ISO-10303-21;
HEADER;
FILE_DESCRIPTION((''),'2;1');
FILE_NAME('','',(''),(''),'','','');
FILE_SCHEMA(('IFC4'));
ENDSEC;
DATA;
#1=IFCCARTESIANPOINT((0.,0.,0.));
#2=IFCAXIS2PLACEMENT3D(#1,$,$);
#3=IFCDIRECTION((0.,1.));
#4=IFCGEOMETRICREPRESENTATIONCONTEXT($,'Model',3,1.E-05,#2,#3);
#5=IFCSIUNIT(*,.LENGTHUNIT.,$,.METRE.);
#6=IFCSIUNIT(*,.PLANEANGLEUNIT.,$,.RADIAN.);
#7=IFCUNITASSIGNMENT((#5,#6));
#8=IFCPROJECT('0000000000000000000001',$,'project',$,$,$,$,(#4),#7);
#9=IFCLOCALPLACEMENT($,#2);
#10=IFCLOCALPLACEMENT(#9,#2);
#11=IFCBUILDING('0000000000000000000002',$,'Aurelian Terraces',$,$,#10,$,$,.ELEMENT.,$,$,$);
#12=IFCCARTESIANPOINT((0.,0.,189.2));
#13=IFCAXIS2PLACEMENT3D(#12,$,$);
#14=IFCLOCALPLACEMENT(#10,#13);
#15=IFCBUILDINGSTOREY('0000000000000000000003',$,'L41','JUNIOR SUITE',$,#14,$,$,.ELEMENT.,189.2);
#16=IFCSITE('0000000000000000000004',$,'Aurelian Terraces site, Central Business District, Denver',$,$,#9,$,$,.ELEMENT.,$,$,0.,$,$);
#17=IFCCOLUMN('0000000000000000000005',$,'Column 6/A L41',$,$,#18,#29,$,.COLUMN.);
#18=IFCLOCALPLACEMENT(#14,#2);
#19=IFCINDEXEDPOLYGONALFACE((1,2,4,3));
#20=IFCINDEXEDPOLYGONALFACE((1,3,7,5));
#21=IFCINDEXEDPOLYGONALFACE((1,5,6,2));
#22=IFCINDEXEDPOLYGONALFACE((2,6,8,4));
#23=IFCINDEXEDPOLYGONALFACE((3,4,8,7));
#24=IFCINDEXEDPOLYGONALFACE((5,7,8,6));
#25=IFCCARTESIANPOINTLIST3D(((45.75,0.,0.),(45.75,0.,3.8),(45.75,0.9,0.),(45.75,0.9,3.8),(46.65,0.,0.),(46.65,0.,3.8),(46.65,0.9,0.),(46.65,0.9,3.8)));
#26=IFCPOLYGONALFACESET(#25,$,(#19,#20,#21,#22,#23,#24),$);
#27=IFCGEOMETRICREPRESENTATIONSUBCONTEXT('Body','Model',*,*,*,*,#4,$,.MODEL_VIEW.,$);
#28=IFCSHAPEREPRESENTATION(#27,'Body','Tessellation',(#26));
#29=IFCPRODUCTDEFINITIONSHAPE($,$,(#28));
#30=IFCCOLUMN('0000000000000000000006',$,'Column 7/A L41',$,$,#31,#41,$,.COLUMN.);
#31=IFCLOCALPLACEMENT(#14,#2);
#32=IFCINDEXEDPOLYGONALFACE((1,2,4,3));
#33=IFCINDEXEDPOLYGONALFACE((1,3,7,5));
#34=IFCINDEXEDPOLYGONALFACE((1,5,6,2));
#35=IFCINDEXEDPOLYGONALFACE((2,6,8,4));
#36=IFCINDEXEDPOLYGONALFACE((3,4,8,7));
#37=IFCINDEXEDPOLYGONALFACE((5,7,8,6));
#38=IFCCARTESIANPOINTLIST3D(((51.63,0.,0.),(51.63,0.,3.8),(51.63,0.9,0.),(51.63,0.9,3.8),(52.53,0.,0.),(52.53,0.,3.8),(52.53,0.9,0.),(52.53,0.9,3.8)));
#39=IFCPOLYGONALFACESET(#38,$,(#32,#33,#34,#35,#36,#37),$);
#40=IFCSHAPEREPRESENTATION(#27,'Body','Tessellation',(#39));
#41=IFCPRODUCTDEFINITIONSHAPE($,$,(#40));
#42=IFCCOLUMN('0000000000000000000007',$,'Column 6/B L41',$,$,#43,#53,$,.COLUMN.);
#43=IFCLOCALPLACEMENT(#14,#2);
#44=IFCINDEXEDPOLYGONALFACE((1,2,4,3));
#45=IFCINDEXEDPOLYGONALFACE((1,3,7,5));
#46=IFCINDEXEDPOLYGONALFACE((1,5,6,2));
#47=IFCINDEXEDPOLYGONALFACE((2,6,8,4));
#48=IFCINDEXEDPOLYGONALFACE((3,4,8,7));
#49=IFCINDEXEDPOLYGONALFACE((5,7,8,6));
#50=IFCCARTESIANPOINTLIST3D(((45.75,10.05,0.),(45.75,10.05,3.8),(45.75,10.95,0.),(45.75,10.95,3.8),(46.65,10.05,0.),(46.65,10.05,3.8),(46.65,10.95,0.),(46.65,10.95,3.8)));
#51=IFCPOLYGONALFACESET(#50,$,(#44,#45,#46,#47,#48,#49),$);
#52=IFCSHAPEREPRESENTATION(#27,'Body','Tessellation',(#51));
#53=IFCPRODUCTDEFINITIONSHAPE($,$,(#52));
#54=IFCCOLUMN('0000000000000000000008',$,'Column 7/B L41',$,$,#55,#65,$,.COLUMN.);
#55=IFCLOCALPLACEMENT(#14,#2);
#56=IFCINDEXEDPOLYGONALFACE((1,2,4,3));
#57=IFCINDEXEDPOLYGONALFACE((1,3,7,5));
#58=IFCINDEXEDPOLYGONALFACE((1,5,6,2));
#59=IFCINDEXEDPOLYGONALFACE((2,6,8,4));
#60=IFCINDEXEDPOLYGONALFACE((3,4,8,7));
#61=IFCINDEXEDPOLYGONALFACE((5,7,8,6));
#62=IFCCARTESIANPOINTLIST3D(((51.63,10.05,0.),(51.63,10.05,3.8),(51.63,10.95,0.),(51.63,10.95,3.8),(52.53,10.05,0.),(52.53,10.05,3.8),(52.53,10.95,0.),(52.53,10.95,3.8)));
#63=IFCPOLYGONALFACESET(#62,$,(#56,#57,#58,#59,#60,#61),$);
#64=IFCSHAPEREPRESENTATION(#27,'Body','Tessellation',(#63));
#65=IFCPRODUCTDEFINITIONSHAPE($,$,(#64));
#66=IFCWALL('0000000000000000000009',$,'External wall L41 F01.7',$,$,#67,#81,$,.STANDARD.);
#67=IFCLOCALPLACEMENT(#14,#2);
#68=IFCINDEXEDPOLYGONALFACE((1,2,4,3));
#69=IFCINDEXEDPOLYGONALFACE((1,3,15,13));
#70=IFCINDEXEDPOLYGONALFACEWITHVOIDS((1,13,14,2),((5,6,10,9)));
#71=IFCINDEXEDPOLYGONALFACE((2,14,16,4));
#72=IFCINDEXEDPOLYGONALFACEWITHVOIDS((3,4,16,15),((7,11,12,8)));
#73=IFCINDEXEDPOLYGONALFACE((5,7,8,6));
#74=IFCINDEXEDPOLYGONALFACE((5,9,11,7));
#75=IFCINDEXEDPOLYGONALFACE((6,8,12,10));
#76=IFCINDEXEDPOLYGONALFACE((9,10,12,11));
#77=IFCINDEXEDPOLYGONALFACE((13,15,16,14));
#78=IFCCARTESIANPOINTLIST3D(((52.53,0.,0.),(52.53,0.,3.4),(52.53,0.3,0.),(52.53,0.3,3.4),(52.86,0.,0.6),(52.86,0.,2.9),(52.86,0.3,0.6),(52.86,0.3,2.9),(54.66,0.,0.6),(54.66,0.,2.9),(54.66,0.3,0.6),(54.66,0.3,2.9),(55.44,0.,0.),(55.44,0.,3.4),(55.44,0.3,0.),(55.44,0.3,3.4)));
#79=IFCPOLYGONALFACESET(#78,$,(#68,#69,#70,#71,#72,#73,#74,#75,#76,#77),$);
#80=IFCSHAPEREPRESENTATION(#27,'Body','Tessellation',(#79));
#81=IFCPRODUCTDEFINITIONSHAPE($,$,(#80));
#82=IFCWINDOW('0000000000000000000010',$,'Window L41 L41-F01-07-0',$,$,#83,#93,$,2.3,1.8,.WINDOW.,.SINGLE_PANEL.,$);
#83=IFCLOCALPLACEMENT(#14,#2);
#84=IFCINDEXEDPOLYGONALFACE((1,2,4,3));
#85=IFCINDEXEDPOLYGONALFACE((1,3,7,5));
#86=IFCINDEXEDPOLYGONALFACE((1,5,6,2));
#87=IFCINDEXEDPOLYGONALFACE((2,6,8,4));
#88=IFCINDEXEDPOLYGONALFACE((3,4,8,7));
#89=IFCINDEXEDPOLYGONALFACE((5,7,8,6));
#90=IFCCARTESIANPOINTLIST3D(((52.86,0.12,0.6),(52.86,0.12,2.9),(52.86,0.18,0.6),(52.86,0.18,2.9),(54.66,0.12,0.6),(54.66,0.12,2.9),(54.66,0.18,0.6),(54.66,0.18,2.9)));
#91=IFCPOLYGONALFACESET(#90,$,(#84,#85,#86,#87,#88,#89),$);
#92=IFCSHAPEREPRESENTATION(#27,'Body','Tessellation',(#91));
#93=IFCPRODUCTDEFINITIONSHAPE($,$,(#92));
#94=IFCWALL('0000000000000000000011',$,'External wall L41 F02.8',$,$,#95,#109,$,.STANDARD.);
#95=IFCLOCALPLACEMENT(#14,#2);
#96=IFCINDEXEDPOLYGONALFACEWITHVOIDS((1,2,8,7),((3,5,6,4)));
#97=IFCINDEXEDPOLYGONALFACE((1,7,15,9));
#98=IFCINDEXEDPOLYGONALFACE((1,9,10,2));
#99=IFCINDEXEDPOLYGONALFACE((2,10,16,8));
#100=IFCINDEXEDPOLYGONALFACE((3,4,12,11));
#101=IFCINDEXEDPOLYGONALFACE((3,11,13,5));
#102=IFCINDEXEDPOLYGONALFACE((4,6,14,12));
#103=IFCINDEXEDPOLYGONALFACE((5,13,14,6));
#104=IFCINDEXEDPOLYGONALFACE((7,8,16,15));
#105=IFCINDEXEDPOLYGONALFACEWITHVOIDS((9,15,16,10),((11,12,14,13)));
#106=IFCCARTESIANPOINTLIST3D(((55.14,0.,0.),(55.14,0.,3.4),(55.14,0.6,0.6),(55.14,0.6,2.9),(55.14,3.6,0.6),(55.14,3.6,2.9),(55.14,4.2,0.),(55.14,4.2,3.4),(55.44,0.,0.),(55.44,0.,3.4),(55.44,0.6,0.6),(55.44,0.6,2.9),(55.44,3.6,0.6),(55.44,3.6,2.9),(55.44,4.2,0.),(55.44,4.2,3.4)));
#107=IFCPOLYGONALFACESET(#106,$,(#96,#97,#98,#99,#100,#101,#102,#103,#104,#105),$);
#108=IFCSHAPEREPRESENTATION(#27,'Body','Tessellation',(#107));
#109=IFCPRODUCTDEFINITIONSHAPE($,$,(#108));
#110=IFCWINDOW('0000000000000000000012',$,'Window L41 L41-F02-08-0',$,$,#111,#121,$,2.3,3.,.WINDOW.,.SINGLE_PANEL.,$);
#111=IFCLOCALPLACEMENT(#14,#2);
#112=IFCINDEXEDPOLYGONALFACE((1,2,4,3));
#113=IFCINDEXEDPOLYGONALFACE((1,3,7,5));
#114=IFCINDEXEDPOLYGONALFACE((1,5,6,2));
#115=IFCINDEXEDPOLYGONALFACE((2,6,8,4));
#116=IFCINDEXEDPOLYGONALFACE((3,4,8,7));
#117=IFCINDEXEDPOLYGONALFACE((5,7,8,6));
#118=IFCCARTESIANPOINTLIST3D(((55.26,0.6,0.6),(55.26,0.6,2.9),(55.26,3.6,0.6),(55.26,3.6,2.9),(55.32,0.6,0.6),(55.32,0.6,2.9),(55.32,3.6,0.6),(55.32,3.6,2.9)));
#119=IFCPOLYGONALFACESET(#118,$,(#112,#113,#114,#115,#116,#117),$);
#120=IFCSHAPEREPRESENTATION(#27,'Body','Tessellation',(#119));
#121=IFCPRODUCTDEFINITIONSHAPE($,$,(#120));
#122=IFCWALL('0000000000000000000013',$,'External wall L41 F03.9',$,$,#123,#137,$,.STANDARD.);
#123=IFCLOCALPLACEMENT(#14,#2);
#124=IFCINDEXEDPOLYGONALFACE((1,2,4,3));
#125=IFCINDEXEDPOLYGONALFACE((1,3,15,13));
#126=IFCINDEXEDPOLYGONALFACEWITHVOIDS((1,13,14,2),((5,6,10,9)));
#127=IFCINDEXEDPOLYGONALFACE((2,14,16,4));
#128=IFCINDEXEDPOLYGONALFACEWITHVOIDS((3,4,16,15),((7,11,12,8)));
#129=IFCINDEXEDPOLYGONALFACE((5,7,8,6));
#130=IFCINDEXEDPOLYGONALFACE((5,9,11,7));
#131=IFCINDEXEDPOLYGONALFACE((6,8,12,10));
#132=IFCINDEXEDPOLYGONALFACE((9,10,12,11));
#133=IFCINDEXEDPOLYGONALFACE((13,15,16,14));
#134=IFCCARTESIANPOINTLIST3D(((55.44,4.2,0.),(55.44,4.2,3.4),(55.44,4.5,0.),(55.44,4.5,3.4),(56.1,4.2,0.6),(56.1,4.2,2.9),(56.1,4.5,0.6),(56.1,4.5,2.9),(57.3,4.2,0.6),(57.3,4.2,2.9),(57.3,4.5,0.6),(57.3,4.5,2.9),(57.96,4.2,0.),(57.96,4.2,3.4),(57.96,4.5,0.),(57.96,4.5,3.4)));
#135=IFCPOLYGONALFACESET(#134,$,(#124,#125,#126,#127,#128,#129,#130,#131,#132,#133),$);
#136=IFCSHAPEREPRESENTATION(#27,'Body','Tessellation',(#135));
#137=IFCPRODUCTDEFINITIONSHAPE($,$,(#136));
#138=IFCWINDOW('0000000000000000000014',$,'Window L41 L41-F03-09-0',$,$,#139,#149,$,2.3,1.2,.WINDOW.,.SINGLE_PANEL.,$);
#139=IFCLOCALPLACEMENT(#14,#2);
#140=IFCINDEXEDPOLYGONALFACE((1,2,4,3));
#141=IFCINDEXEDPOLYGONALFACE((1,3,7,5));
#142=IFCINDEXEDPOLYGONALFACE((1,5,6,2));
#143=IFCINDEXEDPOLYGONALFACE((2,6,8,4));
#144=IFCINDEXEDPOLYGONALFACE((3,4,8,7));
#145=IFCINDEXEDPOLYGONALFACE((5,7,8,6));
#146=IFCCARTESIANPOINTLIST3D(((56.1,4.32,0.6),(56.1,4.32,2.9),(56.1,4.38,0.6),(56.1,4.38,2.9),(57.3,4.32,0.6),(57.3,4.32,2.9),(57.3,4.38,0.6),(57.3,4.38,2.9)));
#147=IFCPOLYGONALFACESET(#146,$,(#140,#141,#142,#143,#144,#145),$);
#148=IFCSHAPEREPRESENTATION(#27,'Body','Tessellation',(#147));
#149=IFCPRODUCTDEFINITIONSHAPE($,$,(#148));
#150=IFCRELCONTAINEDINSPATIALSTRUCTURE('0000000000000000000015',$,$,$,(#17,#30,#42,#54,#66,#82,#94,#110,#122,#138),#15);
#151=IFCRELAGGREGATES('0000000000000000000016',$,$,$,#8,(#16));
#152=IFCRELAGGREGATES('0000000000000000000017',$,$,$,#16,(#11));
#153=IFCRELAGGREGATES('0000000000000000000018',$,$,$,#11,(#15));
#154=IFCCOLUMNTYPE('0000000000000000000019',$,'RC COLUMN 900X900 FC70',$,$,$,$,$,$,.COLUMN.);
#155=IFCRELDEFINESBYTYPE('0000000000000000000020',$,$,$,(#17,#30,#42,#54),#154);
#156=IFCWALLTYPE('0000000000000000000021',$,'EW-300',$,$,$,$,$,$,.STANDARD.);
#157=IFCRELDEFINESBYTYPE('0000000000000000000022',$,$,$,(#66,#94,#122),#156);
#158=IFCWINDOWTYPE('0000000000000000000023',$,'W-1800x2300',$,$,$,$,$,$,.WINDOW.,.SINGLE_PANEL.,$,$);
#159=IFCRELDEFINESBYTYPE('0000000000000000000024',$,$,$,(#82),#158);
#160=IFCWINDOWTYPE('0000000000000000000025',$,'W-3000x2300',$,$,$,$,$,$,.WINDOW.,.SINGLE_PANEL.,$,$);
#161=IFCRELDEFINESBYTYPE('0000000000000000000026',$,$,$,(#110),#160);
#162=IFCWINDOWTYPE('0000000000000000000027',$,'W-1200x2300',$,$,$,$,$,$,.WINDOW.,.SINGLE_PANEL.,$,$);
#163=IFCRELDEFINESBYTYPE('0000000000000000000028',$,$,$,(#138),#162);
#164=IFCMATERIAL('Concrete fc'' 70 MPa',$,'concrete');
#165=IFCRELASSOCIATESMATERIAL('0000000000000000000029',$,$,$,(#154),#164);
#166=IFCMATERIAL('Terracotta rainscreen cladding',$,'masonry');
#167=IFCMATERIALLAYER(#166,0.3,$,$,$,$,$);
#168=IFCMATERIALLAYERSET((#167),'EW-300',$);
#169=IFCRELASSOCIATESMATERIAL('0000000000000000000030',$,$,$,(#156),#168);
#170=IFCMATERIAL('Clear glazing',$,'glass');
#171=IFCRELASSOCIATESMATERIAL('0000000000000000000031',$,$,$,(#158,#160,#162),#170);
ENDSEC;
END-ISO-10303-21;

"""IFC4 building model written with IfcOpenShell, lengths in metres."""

from ifc_helpers import new_model, si_unit, direction, frame, frame_2d, origin, origin_2d, place, context, subcontext, project, spatial, rectangle, extrude, source, transform, mapped, material, layer, layer_set, material_profile, profile_set, type_object, element, fill, save


model = new_model("IFC4")

# Units and contexts
model_context = context("Model", 3, precision=1e-05, world=origin(), true_north=direction((0.0, 1.0)))
body_context = subcontext(model_context, "Body", "Model", "MODEL_VIEW")
ifc_project = project(units=[si_unit("LENGTHUNIT", "METRE"), si_unit("PLANEANGLEUNIT", "RADIAN")], contexts=[model_context])

# Site, building, storey
site_placement = place(None, origin())
site = spatial("IfcSite", under=ifc_project, at=site_placement, Name="Aurelian Terraces site, Central Business District, Denver", CompositionType="ELEMENT", RefElevation=0.0)
building_placement = place(site_placement, origin())
building = spatial("IfcBuilding", under=site, at=building_placement, Name="Aurelian Terraces", CompositionType="ELEMENT")
storey_placement = place(building_placement, frame((0.0, 0.0, 189.2)))
storey = spatial("IfcBuildingStorey", under=building, at=storey_placement, Name="L41", Description="JUNIOR SUITE", CompositionType="ELEMENT", Elevation=189.2)

# Columns
ifc_material_1 = material(Name="Concrete fc' 70 MPa", Category="concrete")
ifc_material_profile = material_profile(ifc_material_1, rectangle(XDim=0.9, YDim=0.9, at=origin_2d()))
ifc_profile_set = profile_set([ifc_material_profile], Name="Concrete fc' 70 MPa")
column_type = type_object("IfcColumnType", Name="RC COLUMN 900X900 FC70", PredefinedType="COLUMN", material=ifc_profile_set)
shared_shape_1 = source(origin(), body_context, "Body", "SweptSolid", [
    extrude(rectangle(XDim=0.9, YDim=0.9, at=origin_2d()), origin(), (0.0, 0.0, 1.0), 3.8),
])
for number, where, z_axis, x_axis, name in (
    (1, (46.2, 0.45, 0.0), (0.0, 0.0, 1.0), (1.0, 0.0, 0.0), "Column 6/A L41"),
    (2, (52.08, 0.45, 0.0), (0.0, 0.0, 1.0), (1.0, 0.0, 0.0), "Column 7/A L41"),
    (3, (46.2, 10.5, 0.0), (0.0, 0.0, 1.0), (1.0, 0.0, 0.0), "Column 6/B L41"),
    (4, (52.08, 10.5, 0.0), (0.0, 0.0, 1.0), (1.0, 0.0, 0.0), "Column 7/B L41"),
):
    element("IfcColumn", number, at=place(storey_placement, frame(where, z_axis=z_axis, x_axis=x_axis)), inside=storey, type_object=column_type, Name=name, PredefinedType="COLUMN", context=body_context, shape_type="MappedRepresentation", body=[
        mapped(shared_shape_1, transform((0.0, 0.0, 0.0), scale=1.0)),
    ])

# Walls, openings, windows
ifc_material_2 = material(Name="Terracotta rainscreen cladding", Category="masonry")
ifc_layer_1 = layer(ifc_material_2, 0.3)
ifc_layer_set_1 = layer_set([ifc_layer_1], Name="EW-300")
wall_type_1 = type_object("IfcWallType", Name="EW-300", PredefinedType="STANDARD", material=ifc_layer_set_1)
shared_shape_2 = source(origin(), body_context, "Body", "SweptSolid", [
    extrude(rectangle(XDim=2.91, YDim=0.3, at=frame_2d((1.455, 0.0))), origin(), (0.0, 0.0, 1.0), 3.4),
])
wall_1_placement = place(storey_placement, frame((52.53, 0.15, 0.0), z_axis=(0.0, 0.0, 1.0), x_axis=(1.0, 0.0, 0.0)))
wall_1 = element("IfcWall", 5, at=wall_1_placement, inside=storey, type_object=wall_type_1, Name="External wall L41 F01.7", PredefinedType="STANDARD", context=body_context, shape_type="MappedRepresentation", body=[
    mapped(shared_shape_2, transform((0.0, 0.0, 0.0), scale=1.0)),
])
shared_shape_3 = source(origin(), body_context, "Body", "SweptSolid", [
    extrude(rectangle(XDim=1.8, YDim=2.3, at=frame_2d((0.9, 1.15))), frame((0.0, 0.16, 0.0), z_axis=(0.0, -1.0, 0.0), x_axis=(1.0, 0.0, 0.0)), (0.0, 0.0, 1.0), 0.32),
])
opening_1_placement = place(wall_1_placement, frame((0.33, 0.0, 0.6)))
opening_1 = element("IfcOpeningElement", 6, at=opening_1_placement, cuts=wall_1, PredefinedType="OPENING", context=body_context, shape_type="MappedRepresentation", body=[
    mapped(shared_shape_3, transform((0.0, 0.0, 0.0), scale=1.0)),
])
ifc_material_3 = material(Name="Clear glazing", Category="glass")
window_type_1 = type_object("IfcWindowType", Name="W-1800x2300", PartitioningType="SINGLE_PANEL", PredefinedType="WINDOW", material=ifc_material_3)
shared_shape_4 = source(origin(), body_context, "Body", "SweptSolid", [
    extrude(rectangle(XDim=1.8, YDim=2.3, at=frame_2d((0.9, 1.15))), frame((0.0, 0.03, 0.0), z_axis=(0.0, -1.0, 0.0), x_axis=(1.0, 0.0, 0.0)), (0.0, 0.0, 1.0), 0.06),
])
window_1_placement = place(opening_1_placement, origin())
window_1 = element("IfcWindow", 7, at=window_1_placement, inside=storey, type_object=window_type_1, Name="Window L41 L41-F01-07-0", OverallHeight=2.3, OverallWidth=1.8, PartitioningType="SINGLE_PANEL", PredefinedType="WINDOW", context=body_context, shape_type="MappedRepresentation", body=[
    mapped(shared_shape_4, transform((0.0, 0.0, 0.0), scale=1.0)),
])
fill(opening_1, window_1)
shared_shape_5 = source(origin(), body_context, "Body", "SweptSolid", [
    extrude(rectangle(XDim=4.2, YDim=0.3, at=frame_2d((2.1, 0.0))), origin(), (0.0, 0.0, 1.0), 3.4),
])
wall_2_placement = place(storey_placement, frame((55.29, 0.0, 0.0), z_axis=(0.0, 0.0, 1.0), x_axis=(0.0, 1.0, 0.0)))
wall_2 = element("IfcWall", 8, at=wall_2_placement, inside=storey, type_object=wall_type_1, Name="External wall L41 F02.8", PredefinedType="STANDARD", context=body_context, shape_type="MappedRepresentation", body=[
    mapped(shared_shape_5, transform((0.0, 0.0, 0.0), scale=1.0)),
])
shared_shape_6 = source(origin(), body_context, "Body", "SweptSolid", [
    extrude(rectangle(XDim=3.0, YDim=2.3, at=frame_2d((1.5, 1.15))), frame((0.0, 0.16, 0.0), z_axis=(0.0, -1.0, 0.0), x_axis=(1.0, 0.0, 0.0)), (0.0, 0.0, 1.0), 0.32),
])
opening_2_placement = place(wall_2_placement, frame((0.6, 0.0, 0.6)))
opening_2 = element("IfcOpeningElement", 9, at=opening_2_placement, cuts=wall_2, PredefinedType="OPENING", context=body_context, shape_type="MappedRepresentation", body=[
    mapped(shared_shape_6, transform((0.0, 0.0, 0.0), scale=1.0)),
])
window_type_2 = type_object("IfcWindowType", Name="W-3000x2300", PartitioningType="SINGLE_PANEL", PredefinedType="WINDOW", material=ifc_material_3)
shared_shape_7 = source(origin(), body_context, "Body", "SweptSolid", [
    extrude(rectangle(XDim=3.0, YDim=2.3, at=frame_2d((1.5, 1.15))), frame((0.0, 0.03, 0.0), z_axis=(0.0, -1.0, 0.0), x_axis=(1.0, 0.0, 0.0)), (0.0, 0.0, 1.0), 0.06),
])
window_2_placement = place(opening_2_placement, origin())
window_2 = element("IfcWindow", 10, at=window_2_placement, inside=storey, type_object=window_type_2, Name="Window L41 L41-F02-08-0", OverallHeight=2.3, OverallWidth=3.0, PartitioningType="SINGLE_PANEL", PredefinedType="WINDOW", context=body_context, shape_type="MappedRepresentation", body=[
    mapped(shared_shape_7, transform((0.0, 0.0, 0.0), scale=1.0)),
])
fill(opening_2, window_2)
shared_shape_8 = source(origin(), body_context, "Body", "SweptSolid", [
    extrude(rectangle(XDim=2.52, YDim=0.3, at=frame_2d((1.26, 0.0))), origin(), (0.0, 0.0, 1.0), 3.4),
])
wall_3_placement = place(storey_placement, frame((55.44, 4.35, 0.0), z_axis=(0.0, 0.0, 1.0), x_axis=(1.0, 0.0, 0.0)))
wall_3 = element("IfcWall", 11, at=wall_3_placement, inside=storey, type_object=wall_type_1, Name="External wall L41 F03.9", PredefinedType="STANDARD", context=body_context, shape_type="MappedRepresentation", body=[
    mapped(shared_shape_8, transform((0.0, 0.0, 0.0), scale=1.0)),
])
shared_shape_9 = source(origin(), body_context, "Body", "SweptSolid", [
    extrude(rectangle(XDim=1.2, YDim=2.3, at=frame_2d((0.6, 1.15))), frame((0.0, 0.16, 0.0), z_axis=(0.0, -1.0, 0.0), x_axis=(1.0, 0.0, 0.0)), (0.0, 0.0, 1.0), 0.32),
])
opening_3_placement = place(wall_3_placement, frame((0.66, 0.0, 0.6)))
opening_3 = element("IfcOpeningElement", 12, at=opening_3_placement, cuts=wall_3, PredefinedType="OPENING", context=body_context, shape_type="MappedRepresentation", body=[
    mapped(shared_shape_9, transform((0.0, 0.0, 0.0), scale=1.0)),
])
window_type_3 = type_object("IfcWindowType", Name="W-1200x2300", PartitioningType="SINGLE_PANEL", PredefinedType="WINDOW", material=ifc_material_3)
shared_shape_10 = source(origin(), body_context, "Body", "SweptSolid", [
    extrude(rectangle(XDim=1.2, YDim=2.3, at=frame_2d((0.6, 1.15))), frame((0.0, 0.03, 0.0), z_axis=(0.0, -1.0, 0.0), x_axis=(1.0, 0.0, 0.0)), (0.0, 0.0, 1.0), 0.06),
])
window_3_placement = place(opening_3_placement, origin())
window_3 = element("IfcWindow", 13, at=window_3_placement, inside=storey, type_object=window_type_3, Name="Window L41 L41-F03-09-0", OverallHeight=2.3, OverallWidth=1.2, PartitioningType="SINGLE_PANEL", PredefinedType="WINDOW", context=body_context, shape_type="MappedRepresentation", body=[
    mapped(shared_shape_10, transform((0.0, 0.0, 0.0), scale=1.0)),
])
fill(opening_3, window_3)

save(model, "model.ifc")
